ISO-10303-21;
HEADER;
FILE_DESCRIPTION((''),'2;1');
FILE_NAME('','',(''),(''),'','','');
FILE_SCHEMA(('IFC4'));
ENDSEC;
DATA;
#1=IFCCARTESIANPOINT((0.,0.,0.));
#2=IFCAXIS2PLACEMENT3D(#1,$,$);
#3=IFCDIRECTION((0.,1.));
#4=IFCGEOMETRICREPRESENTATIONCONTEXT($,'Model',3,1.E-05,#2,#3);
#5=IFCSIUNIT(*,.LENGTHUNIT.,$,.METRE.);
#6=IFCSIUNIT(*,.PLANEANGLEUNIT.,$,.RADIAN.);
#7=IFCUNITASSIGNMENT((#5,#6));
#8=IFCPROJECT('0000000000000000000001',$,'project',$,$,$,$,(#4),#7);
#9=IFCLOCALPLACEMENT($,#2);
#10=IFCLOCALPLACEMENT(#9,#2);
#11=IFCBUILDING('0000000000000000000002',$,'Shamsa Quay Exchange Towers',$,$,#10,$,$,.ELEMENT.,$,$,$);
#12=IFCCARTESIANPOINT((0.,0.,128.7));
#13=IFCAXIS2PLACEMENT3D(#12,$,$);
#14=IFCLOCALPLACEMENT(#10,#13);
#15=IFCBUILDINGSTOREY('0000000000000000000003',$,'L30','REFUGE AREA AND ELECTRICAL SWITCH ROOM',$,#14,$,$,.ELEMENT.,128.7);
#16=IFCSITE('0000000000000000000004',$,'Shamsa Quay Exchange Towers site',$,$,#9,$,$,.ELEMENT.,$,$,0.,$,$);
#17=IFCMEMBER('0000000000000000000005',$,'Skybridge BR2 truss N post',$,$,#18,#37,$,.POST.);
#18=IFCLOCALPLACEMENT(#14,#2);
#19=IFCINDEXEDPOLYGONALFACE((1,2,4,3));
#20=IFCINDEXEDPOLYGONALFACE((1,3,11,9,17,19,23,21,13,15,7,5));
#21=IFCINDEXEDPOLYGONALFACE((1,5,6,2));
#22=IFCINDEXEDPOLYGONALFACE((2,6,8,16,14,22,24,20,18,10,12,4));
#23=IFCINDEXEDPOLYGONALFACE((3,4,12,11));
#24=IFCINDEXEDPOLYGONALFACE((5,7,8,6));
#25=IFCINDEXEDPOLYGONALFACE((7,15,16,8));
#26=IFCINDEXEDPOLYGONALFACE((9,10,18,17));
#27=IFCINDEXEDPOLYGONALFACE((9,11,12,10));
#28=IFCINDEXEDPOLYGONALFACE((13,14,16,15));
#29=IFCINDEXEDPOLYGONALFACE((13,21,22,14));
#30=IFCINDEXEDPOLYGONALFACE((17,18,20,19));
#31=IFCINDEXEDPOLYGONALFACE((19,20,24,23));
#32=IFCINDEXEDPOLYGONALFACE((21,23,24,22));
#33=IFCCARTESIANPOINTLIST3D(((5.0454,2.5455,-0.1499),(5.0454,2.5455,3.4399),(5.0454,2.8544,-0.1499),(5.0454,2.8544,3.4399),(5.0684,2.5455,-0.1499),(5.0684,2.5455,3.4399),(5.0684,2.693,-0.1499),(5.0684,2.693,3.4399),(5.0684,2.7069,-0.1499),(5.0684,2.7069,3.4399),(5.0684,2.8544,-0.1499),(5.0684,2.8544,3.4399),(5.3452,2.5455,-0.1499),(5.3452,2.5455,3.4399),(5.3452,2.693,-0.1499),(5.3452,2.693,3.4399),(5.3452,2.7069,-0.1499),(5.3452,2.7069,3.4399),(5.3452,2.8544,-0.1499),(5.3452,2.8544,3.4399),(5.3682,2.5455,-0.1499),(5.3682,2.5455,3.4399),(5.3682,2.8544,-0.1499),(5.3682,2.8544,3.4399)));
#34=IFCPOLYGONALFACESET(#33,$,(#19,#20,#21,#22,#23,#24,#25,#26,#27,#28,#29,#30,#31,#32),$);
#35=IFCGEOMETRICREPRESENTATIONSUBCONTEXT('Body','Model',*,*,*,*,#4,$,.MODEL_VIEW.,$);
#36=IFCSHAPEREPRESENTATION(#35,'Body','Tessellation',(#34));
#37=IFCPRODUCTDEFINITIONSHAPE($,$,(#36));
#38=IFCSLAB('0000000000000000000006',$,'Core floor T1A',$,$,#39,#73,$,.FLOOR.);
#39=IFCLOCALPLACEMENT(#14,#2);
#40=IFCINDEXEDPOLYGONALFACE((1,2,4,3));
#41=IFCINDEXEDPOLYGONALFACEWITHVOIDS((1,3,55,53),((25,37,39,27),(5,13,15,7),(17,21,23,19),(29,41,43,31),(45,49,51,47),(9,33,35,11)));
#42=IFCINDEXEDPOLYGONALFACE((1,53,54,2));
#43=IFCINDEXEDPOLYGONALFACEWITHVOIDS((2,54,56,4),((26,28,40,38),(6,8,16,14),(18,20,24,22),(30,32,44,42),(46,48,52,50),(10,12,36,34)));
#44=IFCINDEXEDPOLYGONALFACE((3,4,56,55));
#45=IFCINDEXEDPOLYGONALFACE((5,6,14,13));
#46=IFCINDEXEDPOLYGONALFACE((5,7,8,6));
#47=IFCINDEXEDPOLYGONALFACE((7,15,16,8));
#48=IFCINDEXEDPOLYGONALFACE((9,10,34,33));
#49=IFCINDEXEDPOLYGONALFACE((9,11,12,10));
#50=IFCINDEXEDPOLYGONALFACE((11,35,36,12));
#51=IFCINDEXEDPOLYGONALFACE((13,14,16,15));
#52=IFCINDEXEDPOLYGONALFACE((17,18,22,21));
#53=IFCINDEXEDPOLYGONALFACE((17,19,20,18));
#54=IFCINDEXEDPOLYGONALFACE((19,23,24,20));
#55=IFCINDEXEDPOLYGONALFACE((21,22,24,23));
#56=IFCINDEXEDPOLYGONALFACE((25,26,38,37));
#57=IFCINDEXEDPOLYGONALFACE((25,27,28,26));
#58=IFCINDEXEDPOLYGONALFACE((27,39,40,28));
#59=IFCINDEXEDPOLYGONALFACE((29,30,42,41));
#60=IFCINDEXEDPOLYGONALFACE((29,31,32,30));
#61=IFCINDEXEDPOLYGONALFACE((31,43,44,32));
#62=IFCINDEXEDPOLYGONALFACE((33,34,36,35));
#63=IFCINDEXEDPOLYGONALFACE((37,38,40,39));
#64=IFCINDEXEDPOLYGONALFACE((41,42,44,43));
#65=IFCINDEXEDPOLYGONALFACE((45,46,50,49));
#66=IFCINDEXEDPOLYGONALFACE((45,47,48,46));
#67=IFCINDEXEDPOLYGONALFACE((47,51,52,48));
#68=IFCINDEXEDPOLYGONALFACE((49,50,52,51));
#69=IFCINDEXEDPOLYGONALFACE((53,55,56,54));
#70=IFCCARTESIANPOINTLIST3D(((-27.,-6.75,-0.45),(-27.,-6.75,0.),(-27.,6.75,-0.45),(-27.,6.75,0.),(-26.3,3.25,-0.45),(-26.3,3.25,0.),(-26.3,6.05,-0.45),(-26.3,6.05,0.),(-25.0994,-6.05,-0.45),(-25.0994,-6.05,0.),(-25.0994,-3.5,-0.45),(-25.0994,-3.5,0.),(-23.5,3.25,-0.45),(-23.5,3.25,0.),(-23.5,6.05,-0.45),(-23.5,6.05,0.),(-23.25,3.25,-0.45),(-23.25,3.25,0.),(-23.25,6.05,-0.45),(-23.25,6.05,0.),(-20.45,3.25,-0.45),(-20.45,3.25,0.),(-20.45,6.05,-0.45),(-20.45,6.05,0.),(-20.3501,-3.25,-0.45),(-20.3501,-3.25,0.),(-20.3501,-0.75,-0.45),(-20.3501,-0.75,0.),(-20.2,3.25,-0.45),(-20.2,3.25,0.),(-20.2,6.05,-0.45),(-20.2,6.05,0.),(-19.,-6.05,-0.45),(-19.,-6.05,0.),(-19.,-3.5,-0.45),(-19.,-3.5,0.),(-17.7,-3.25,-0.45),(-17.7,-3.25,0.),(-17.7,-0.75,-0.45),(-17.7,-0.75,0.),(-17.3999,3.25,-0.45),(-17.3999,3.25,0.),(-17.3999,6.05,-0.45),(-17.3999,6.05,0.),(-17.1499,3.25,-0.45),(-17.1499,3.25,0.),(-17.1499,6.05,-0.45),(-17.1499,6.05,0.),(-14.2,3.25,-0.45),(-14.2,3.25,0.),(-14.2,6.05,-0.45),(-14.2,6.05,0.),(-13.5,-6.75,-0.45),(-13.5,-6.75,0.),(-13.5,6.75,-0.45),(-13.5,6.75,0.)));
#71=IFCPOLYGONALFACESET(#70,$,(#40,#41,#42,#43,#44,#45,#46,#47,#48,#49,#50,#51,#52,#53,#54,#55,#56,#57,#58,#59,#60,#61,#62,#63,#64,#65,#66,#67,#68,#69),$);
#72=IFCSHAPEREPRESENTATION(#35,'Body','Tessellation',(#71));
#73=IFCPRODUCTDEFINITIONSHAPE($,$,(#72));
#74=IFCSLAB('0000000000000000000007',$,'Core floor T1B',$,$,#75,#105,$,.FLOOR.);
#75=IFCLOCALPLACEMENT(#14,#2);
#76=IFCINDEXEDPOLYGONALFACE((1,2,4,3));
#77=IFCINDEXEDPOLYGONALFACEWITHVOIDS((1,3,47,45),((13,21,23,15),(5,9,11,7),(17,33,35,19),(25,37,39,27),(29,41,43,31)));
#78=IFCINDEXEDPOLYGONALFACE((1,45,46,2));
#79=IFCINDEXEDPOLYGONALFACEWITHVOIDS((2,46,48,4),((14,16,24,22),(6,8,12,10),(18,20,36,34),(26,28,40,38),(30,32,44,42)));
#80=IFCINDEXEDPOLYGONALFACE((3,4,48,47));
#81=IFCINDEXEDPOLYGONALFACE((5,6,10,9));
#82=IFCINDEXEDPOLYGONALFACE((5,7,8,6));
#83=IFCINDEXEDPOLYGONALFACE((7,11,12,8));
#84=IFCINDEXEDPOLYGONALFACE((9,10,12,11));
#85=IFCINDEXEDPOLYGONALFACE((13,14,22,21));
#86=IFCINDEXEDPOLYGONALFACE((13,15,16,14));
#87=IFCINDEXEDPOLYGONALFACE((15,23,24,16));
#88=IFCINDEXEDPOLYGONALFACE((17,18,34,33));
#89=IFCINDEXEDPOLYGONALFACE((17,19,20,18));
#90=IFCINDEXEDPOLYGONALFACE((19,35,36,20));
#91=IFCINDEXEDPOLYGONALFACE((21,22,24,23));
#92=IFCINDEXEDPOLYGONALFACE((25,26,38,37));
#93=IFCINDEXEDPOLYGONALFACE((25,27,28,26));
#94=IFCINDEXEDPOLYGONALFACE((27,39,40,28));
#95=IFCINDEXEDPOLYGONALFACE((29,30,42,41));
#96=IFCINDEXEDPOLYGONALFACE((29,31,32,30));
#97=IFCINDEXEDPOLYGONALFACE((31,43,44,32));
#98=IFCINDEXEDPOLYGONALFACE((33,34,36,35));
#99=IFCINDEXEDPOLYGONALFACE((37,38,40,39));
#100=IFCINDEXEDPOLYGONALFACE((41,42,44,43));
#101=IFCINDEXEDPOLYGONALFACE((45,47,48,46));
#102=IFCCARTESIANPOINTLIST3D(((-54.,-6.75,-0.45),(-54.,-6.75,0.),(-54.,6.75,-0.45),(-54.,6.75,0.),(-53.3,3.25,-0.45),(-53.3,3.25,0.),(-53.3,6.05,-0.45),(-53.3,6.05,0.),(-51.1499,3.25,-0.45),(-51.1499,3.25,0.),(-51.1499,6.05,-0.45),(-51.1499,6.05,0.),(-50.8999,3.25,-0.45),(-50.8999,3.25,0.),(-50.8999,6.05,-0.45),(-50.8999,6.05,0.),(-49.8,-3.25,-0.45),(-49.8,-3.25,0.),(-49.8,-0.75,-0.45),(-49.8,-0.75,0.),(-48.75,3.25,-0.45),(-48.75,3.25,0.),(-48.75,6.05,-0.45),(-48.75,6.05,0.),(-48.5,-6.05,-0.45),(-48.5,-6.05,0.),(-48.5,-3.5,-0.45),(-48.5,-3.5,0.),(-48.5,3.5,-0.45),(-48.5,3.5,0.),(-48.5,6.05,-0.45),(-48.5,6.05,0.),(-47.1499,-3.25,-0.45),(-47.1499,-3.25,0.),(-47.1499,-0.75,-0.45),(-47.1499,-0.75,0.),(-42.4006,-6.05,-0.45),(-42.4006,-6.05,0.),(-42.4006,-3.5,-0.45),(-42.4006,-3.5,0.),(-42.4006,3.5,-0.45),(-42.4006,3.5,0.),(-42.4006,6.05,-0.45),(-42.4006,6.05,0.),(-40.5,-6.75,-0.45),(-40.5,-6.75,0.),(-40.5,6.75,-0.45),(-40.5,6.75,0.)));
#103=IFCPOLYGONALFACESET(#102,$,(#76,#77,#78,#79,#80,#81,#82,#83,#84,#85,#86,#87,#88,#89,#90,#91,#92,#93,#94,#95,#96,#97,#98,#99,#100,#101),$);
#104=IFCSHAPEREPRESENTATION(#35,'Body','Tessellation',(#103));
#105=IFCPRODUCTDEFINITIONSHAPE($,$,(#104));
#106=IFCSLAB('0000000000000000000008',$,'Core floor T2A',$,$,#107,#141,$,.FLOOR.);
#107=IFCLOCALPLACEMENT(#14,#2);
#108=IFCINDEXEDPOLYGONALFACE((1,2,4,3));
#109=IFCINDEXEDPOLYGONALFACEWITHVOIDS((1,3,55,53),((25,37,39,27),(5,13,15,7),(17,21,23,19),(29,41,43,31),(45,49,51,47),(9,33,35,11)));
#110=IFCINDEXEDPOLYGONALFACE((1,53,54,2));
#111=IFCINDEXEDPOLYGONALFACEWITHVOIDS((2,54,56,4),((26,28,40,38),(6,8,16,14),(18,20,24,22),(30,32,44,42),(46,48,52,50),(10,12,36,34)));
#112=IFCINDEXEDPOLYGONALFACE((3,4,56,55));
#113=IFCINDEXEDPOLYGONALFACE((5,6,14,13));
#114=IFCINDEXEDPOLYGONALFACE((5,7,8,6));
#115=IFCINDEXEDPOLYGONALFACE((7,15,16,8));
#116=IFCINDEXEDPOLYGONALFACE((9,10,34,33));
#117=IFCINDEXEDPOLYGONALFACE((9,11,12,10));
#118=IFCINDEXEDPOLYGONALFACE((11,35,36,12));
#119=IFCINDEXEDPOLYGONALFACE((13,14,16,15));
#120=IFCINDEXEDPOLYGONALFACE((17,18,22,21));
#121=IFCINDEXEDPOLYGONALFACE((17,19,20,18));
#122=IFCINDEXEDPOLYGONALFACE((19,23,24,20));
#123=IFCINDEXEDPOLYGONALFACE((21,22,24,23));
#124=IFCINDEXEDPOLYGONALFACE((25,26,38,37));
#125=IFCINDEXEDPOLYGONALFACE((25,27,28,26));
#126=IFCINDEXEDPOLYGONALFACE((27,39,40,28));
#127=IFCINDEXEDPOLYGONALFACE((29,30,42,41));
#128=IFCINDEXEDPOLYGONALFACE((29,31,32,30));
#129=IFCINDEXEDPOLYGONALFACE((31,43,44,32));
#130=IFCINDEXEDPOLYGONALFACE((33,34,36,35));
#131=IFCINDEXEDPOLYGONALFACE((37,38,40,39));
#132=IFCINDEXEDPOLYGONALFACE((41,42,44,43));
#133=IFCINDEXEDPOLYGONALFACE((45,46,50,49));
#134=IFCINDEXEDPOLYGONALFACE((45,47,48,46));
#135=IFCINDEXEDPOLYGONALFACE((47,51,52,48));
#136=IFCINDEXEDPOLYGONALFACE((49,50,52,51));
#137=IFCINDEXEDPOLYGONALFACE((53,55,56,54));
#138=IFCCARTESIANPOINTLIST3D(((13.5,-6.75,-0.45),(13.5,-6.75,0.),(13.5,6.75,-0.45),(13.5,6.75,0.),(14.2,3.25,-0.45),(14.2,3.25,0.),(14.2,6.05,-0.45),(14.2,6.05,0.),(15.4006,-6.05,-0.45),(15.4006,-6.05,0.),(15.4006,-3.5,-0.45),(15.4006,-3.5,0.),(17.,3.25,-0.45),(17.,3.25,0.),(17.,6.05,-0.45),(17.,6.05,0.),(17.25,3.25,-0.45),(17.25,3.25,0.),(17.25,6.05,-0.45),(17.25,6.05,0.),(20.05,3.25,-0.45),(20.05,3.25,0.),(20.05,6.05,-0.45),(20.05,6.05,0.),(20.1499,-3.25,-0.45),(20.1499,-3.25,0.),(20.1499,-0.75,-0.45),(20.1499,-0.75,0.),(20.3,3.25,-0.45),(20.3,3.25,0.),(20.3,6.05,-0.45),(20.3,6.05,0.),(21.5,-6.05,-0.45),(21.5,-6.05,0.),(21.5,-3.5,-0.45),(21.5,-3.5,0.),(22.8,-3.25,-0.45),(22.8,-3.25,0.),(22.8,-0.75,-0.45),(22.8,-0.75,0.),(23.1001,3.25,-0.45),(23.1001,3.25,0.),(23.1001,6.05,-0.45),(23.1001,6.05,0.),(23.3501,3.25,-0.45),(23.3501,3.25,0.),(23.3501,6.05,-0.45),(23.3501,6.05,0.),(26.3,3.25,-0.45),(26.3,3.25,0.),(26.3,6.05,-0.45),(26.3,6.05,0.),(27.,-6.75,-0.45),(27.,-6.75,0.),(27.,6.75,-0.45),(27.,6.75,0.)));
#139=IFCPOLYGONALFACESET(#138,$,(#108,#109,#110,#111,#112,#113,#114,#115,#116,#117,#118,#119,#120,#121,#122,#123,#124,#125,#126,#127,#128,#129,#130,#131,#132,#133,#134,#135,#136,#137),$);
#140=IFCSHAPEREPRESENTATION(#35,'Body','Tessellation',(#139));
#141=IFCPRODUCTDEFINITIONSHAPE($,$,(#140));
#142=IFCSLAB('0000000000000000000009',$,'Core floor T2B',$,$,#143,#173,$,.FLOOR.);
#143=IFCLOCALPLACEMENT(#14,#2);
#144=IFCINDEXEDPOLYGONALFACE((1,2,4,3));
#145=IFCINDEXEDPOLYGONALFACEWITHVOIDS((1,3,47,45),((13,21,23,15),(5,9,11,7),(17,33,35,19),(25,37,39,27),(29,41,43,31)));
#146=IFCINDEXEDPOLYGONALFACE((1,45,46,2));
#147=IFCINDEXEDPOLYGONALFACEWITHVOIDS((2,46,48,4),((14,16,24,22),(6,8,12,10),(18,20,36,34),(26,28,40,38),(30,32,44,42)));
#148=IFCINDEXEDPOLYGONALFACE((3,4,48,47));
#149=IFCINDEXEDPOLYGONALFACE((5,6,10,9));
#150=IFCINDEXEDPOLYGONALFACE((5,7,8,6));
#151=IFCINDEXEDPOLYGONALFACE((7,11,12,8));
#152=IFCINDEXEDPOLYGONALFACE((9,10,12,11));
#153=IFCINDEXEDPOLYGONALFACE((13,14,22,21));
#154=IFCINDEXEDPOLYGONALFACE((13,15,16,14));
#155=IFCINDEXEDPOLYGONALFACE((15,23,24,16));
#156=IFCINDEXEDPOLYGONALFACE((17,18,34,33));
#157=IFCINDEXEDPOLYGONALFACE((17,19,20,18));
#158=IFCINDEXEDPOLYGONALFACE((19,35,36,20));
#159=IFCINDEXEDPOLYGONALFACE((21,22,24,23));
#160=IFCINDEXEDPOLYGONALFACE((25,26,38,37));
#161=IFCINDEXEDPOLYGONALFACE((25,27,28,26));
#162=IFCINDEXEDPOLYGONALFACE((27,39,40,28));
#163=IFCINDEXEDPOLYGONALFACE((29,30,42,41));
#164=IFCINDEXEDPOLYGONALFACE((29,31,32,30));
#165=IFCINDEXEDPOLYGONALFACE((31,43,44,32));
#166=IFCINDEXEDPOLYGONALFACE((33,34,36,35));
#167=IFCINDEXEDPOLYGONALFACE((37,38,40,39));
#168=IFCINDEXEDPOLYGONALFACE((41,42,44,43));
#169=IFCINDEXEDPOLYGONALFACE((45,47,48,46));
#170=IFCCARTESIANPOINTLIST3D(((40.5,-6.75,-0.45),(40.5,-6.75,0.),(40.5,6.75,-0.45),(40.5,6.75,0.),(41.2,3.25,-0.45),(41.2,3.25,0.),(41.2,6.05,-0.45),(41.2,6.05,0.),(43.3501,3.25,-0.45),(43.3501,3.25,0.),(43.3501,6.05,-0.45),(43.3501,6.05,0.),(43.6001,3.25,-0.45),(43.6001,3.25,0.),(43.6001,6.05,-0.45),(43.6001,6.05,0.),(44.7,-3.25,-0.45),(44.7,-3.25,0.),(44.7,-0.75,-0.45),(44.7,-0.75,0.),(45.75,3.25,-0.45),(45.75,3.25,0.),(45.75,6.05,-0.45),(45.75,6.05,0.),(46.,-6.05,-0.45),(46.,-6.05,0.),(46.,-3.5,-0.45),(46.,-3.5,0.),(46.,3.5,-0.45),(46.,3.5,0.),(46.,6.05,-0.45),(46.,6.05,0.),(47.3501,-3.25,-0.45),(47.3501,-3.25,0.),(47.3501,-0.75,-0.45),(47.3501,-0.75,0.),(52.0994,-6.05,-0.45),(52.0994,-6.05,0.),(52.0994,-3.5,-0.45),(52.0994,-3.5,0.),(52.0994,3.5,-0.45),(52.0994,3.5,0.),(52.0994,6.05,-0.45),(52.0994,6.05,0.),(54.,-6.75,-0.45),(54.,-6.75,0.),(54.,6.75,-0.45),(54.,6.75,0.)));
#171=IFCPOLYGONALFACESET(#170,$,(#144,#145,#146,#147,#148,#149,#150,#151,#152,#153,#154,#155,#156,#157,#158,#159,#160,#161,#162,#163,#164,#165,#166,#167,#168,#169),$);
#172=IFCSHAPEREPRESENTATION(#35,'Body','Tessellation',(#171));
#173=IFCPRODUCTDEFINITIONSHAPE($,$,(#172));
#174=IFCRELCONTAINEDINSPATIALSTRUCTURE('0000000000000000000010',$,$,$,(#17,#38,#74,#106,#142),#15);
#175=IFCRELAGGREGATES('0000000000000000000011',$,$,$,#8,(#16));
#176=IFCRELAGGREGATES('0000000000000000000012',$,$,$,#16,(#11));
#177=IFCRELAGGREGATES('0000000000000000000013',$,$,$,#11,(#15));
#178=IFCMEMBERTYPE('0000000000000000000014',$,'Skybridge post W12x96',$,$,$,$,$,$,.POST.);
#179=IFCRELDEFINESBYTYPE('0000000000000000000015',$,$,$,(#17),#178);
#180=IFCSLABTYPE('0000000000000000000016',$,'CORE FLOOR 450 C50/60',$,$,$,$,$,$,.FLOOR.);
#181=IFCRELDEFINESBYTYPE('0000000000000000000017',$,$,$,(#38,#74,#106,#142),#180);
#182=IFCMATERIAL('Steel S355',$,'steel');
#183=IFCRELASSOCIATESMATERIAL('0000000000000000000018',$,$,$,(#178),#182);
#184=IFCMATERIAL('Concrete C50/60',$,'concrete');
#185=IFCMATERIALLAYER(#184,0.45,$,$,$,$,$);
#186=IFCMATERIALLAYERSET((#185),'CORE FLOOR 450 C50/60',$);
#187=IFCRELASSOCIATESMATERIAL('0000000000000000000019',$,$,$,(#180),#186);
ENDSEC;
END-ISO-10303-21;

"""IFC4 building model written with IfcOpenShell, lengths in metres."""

from ifc_helpers import new_model, si_unit, direction, frame, origin, origin_2d, place, context, subcontext, project, spatial, polyline, i_section, outline, extrude, material, layer, layer_set, material_profile, profile_set, type_object, element, save


model = new_model("IFC4")

# Units and contexts
model_context = context("Model", 3, precision=1e-05, world=origin(), true_north=direction((0.0, 1.0)))
body_context = subcontext(model_context, "Body", "Model", "MODEL_VIEW")
ifc_project = project(units=[si_unit("LENGTHUNIT", "METRE"), si_unit("PLANEANGLEUNIT", "RADIAN")], contexts=[model_context])

# Site, building, storey
site_placement = place(None, origin())
site = spatial("IfcSite", under=ifc_project, at=site_placement, Name="Shamsa Quay Exchange Towers site", CompositionType="ELEMENT", RefElevation=0.0)
building_placement = place(site_placement, origin())
building = spatial("IfcBuilding", under=site, at=building_placement, Name="Shamsa Quay Exchange Towers", CompositionType="ELEMENT")
storey_placement = place(building_placement, frame((0.0, 0.0, 128.7)))
storey = spatial("IfcBuildingStorey", under=building, at=storey_placement, Name="L30", Description="REFUGE AREA AND ELECTRICAL SWITCH ROOM", CompositionType="ELEMENT", Elevation=128.7)

# Member
ifc_material_1 = material(Name="Steel S355", Category="steel")
ifc_material_profile_1 = material_profile(ifc_material_1, i_section(OverallWidth=0.3088, OverallDepth=0.3228, WebThickness=0.0139, FlangeThickness=0.0229, at=origin_2d()), Name="W12x96")
ifc_profile_set_1 = profile_set([ifc_material_profile_1], Name="Steel S355")
member_type_1 = type_object("IfcMemberType", Name="Skybridge post W12x96", PredefinedType="POST", material=ifc_profile_set_1)
for number, where, z_axis, x_axis, name in (
    (1, (5.2068, 2.7, -0.1499), (0.0, 0.0, 1.0), (0.0, 1.0, 0.0), "Skybridge BR2 truss N post"),
):
    element("IfcMember", number, at=place(storey_placement, frame(where, z_axis=z_axis, x_axis=x_axis)), inside=storey, type_object=member_type_1, Name=name, PredefinedType="POST", context=body_context, shape_type="SweptSolid", body=[
        extrude(i_section(OverallWidth=0.3088, OverallDepth=0.3228, WebThickness=0.0139, FlangeThickness=0.0229, at=origin_2d()), origin(), (0.0, 0.0, 1.0), 3.5898),
    ])

# Slabs
ifc_material_2 = material(Name="Concrete C50/60", Category="concrete")
ifc_layer_1 = layer(ifc_material_2, 0.45)
ifc_layer_set_1 = layer_set([ifc_layer_1], Name="CORE FLOOR 450 C50/60")
slab_type_1 = type_object("IfcSlabType", Name="CORE FLOOR 450 C50/60", PredefinedType="FLOOR", material=ifc_layer_set_1)
slab_1_placement = place(storey_placement, frame((0.0, 0.0, -0.45)))
element("IfcSlab", 2, at=slab_1_placement, inside=storey, type_object=slab_type_1, Name="Core floor T1A", PredefinedType="FLOOR", context=body_context, shape_type="SweptSolid", body=[
    extrude(outline(polyline([(-27.0, -6.75), (-13.5, -6.75), (-13.5, 6.75), (-27.0, 6.75), (-27.0, -6.75)]), holes=[polyline([(-25.0994, -6.05), (-25.0994, -3.5), (-19.0, -3.5), (-19.0, -6.05), (-25.0994, -6.05)]), polyline([(-26.3, 3.25), (-26.3, 6.05), (-23.5, 6.05), (-23.5, 3.25), (-26.3, 3.25)]), polyline([(-23.25, 3.25), (-23.25, 6.05), (-20.45, 6.05), (-20.45, 3.25), (-23.25, 3.25)]), polyline([(-20.2, 3.25), (-20.2, 6.05), (-17.3999, 6.05), (-17.3999, 3.25), (-20.2, 3.25)]), polyline([(-17.1499, 3.25), (-17.1499, 6.05), (-14.2, 6.05), (-14.2, 3.25), (-17.1499, 3.25)]), polyline([(-20.3501, -3.25), (-20.3501, -0.75), (-17.7, -0.75), (-17.7, -3.25), (-20.3501, -3.25)])]), origin(), (0.0, 0.0, 1.0), 0.45),
])
slab_2_placement = place(storey_placement, frame((0.0, 0.0, -0.45)))
element("IfcSlab", 3, at=slab_2_placement, inside=storey, type_object=slab_type_1, Name="Core floor T1B", PredefinedType="FLOOR", context=body_context, shape_type="SweptSolid", body=[
    extrude(outline(polyline([(-40.5, -6.75), (-40.5, 6.75), (-54.0, 6.75), (-54.0, -6.75), (-40.5, -6.75)]), holes=[polyline([(-42.4006, -3.5), (-42.4006, -6.05), (-48.5, -6.05), (-48.5, -3.5), (-42.4006, -3.5)]), polyline([(-42.4006, 6.05), (-42.4006, 3.5), (-48.5, 3.5), (-48.5, 6.05), (-42.4006, 6.05)]), polyline([(-48.75, 3.25), (-50.8999, 3.25), (-50.8999, 6.05), (-48.75, 6.05), (-48.75, 3.25)]), polyline([(-51.1499, 3.25), (-53.3, 3.25), (-53.3, 6.05), (-51.1499, 6.05), (-51.1499, 3.25)]), polyline([(-47.1499, -3.25), (-49.8, -3.25), (-49.8, -0.75), (-47.1499, -0.75), (-47.1499, -3.25)])]), origin(), (0.0, 0.0, 1.0), 0.45),
])
slab_3_placement = place(storey_placement, frame((0.0, 0.0, -0.45)))
element("IfcSlab", 4, at=slab_3_placement, inside=storey, type_object=slab_type_1, Name="Core floor T2A", PredefinedType="FLOOR", context=body_context, shape_type="SweptSolid", body=[
    extrude(outline(polyline([(13.5, -6.75), (27.0, -6.75), (27.0, 6.75), (13.5, 6.75), (13.5, -6.75)]), holes=[polyline([(15.4006, -6.05), (15.4006, -3.5), (21.5, -3.5), (21.5, -6.05), (15.4006, -6.05)]), polyline([(14.2, 3.25), (14.2, 6.05), (17.0, 6.05), (17.0, 3.25), (14.2, 3.25)]), polyline([(17.25, 3.25), (17.25, 6.05), (20.05, 6.05), (20.05, 3.25), (17.25, 3.25)]), polyline([(20.3, 3.25), (20.3, 6.05), (23.1001, 6.05), (23.1001, 3.25), (20.3, 3.25)]), polyline([(23.3501, 3.25), (23.3501, 6.05), (26.3, 6.05), (26.3, 3.25), (23.3501, 3.25)]), polyline([(20.1499, -3.25), (20.1499, -0.75), (22.8, -0.75), (22.8, -3.25), (20.1499, -3.25)])]), origin(), (0.0, 0.0, 1.0), 0.45),
])
slab_4_placement = place(storey_placement, frame((0.0, 0.0, -0.45)))
element("IfcSlab", 5, at=slab_4_placement, inside=storey, type_object=slab_type_1, Name="Core floor T2B", PredefinedType="FLOOR", context=body_context, shape_type="SweptSolid", body=[
    extrude(outline(polyline([(54.0, -6.75), (54.0, 6.75), (40.5, 6.75), (40.5, -6.75), (54.0, -6.75)]), holes=[polyline([(52.0994, -3.5), (52.0994, -6.05), (46.0, -6.05), (46.0, -3.5), (52.0994, -3.5)]), polyline([(52.0994, 6.05), (52.0994, 3.5), (46.0, 3.5), (46.0, 6.05), (52.0994, 6.05)]), polyline([(45.75, 3.25), (43.6001, 3.25), (43.6001, 6.05), (45.75, 6.05), (45.75, 3.25)]), polyline([(43.3501, 3.25), (41.2, 3.25), (41.2, 6.05), (43.3501, 6.05), (43.3501, 3.25)]), polyline([(47.3501, -3.25), (44.7, -3.25), (44.7, -0.75), (47.3501, -0.75), (47.3501, -3.25)])]), origin(), (0.0, 0.0, 1.0), 0.45),
])

save(model, "model.ifc")
